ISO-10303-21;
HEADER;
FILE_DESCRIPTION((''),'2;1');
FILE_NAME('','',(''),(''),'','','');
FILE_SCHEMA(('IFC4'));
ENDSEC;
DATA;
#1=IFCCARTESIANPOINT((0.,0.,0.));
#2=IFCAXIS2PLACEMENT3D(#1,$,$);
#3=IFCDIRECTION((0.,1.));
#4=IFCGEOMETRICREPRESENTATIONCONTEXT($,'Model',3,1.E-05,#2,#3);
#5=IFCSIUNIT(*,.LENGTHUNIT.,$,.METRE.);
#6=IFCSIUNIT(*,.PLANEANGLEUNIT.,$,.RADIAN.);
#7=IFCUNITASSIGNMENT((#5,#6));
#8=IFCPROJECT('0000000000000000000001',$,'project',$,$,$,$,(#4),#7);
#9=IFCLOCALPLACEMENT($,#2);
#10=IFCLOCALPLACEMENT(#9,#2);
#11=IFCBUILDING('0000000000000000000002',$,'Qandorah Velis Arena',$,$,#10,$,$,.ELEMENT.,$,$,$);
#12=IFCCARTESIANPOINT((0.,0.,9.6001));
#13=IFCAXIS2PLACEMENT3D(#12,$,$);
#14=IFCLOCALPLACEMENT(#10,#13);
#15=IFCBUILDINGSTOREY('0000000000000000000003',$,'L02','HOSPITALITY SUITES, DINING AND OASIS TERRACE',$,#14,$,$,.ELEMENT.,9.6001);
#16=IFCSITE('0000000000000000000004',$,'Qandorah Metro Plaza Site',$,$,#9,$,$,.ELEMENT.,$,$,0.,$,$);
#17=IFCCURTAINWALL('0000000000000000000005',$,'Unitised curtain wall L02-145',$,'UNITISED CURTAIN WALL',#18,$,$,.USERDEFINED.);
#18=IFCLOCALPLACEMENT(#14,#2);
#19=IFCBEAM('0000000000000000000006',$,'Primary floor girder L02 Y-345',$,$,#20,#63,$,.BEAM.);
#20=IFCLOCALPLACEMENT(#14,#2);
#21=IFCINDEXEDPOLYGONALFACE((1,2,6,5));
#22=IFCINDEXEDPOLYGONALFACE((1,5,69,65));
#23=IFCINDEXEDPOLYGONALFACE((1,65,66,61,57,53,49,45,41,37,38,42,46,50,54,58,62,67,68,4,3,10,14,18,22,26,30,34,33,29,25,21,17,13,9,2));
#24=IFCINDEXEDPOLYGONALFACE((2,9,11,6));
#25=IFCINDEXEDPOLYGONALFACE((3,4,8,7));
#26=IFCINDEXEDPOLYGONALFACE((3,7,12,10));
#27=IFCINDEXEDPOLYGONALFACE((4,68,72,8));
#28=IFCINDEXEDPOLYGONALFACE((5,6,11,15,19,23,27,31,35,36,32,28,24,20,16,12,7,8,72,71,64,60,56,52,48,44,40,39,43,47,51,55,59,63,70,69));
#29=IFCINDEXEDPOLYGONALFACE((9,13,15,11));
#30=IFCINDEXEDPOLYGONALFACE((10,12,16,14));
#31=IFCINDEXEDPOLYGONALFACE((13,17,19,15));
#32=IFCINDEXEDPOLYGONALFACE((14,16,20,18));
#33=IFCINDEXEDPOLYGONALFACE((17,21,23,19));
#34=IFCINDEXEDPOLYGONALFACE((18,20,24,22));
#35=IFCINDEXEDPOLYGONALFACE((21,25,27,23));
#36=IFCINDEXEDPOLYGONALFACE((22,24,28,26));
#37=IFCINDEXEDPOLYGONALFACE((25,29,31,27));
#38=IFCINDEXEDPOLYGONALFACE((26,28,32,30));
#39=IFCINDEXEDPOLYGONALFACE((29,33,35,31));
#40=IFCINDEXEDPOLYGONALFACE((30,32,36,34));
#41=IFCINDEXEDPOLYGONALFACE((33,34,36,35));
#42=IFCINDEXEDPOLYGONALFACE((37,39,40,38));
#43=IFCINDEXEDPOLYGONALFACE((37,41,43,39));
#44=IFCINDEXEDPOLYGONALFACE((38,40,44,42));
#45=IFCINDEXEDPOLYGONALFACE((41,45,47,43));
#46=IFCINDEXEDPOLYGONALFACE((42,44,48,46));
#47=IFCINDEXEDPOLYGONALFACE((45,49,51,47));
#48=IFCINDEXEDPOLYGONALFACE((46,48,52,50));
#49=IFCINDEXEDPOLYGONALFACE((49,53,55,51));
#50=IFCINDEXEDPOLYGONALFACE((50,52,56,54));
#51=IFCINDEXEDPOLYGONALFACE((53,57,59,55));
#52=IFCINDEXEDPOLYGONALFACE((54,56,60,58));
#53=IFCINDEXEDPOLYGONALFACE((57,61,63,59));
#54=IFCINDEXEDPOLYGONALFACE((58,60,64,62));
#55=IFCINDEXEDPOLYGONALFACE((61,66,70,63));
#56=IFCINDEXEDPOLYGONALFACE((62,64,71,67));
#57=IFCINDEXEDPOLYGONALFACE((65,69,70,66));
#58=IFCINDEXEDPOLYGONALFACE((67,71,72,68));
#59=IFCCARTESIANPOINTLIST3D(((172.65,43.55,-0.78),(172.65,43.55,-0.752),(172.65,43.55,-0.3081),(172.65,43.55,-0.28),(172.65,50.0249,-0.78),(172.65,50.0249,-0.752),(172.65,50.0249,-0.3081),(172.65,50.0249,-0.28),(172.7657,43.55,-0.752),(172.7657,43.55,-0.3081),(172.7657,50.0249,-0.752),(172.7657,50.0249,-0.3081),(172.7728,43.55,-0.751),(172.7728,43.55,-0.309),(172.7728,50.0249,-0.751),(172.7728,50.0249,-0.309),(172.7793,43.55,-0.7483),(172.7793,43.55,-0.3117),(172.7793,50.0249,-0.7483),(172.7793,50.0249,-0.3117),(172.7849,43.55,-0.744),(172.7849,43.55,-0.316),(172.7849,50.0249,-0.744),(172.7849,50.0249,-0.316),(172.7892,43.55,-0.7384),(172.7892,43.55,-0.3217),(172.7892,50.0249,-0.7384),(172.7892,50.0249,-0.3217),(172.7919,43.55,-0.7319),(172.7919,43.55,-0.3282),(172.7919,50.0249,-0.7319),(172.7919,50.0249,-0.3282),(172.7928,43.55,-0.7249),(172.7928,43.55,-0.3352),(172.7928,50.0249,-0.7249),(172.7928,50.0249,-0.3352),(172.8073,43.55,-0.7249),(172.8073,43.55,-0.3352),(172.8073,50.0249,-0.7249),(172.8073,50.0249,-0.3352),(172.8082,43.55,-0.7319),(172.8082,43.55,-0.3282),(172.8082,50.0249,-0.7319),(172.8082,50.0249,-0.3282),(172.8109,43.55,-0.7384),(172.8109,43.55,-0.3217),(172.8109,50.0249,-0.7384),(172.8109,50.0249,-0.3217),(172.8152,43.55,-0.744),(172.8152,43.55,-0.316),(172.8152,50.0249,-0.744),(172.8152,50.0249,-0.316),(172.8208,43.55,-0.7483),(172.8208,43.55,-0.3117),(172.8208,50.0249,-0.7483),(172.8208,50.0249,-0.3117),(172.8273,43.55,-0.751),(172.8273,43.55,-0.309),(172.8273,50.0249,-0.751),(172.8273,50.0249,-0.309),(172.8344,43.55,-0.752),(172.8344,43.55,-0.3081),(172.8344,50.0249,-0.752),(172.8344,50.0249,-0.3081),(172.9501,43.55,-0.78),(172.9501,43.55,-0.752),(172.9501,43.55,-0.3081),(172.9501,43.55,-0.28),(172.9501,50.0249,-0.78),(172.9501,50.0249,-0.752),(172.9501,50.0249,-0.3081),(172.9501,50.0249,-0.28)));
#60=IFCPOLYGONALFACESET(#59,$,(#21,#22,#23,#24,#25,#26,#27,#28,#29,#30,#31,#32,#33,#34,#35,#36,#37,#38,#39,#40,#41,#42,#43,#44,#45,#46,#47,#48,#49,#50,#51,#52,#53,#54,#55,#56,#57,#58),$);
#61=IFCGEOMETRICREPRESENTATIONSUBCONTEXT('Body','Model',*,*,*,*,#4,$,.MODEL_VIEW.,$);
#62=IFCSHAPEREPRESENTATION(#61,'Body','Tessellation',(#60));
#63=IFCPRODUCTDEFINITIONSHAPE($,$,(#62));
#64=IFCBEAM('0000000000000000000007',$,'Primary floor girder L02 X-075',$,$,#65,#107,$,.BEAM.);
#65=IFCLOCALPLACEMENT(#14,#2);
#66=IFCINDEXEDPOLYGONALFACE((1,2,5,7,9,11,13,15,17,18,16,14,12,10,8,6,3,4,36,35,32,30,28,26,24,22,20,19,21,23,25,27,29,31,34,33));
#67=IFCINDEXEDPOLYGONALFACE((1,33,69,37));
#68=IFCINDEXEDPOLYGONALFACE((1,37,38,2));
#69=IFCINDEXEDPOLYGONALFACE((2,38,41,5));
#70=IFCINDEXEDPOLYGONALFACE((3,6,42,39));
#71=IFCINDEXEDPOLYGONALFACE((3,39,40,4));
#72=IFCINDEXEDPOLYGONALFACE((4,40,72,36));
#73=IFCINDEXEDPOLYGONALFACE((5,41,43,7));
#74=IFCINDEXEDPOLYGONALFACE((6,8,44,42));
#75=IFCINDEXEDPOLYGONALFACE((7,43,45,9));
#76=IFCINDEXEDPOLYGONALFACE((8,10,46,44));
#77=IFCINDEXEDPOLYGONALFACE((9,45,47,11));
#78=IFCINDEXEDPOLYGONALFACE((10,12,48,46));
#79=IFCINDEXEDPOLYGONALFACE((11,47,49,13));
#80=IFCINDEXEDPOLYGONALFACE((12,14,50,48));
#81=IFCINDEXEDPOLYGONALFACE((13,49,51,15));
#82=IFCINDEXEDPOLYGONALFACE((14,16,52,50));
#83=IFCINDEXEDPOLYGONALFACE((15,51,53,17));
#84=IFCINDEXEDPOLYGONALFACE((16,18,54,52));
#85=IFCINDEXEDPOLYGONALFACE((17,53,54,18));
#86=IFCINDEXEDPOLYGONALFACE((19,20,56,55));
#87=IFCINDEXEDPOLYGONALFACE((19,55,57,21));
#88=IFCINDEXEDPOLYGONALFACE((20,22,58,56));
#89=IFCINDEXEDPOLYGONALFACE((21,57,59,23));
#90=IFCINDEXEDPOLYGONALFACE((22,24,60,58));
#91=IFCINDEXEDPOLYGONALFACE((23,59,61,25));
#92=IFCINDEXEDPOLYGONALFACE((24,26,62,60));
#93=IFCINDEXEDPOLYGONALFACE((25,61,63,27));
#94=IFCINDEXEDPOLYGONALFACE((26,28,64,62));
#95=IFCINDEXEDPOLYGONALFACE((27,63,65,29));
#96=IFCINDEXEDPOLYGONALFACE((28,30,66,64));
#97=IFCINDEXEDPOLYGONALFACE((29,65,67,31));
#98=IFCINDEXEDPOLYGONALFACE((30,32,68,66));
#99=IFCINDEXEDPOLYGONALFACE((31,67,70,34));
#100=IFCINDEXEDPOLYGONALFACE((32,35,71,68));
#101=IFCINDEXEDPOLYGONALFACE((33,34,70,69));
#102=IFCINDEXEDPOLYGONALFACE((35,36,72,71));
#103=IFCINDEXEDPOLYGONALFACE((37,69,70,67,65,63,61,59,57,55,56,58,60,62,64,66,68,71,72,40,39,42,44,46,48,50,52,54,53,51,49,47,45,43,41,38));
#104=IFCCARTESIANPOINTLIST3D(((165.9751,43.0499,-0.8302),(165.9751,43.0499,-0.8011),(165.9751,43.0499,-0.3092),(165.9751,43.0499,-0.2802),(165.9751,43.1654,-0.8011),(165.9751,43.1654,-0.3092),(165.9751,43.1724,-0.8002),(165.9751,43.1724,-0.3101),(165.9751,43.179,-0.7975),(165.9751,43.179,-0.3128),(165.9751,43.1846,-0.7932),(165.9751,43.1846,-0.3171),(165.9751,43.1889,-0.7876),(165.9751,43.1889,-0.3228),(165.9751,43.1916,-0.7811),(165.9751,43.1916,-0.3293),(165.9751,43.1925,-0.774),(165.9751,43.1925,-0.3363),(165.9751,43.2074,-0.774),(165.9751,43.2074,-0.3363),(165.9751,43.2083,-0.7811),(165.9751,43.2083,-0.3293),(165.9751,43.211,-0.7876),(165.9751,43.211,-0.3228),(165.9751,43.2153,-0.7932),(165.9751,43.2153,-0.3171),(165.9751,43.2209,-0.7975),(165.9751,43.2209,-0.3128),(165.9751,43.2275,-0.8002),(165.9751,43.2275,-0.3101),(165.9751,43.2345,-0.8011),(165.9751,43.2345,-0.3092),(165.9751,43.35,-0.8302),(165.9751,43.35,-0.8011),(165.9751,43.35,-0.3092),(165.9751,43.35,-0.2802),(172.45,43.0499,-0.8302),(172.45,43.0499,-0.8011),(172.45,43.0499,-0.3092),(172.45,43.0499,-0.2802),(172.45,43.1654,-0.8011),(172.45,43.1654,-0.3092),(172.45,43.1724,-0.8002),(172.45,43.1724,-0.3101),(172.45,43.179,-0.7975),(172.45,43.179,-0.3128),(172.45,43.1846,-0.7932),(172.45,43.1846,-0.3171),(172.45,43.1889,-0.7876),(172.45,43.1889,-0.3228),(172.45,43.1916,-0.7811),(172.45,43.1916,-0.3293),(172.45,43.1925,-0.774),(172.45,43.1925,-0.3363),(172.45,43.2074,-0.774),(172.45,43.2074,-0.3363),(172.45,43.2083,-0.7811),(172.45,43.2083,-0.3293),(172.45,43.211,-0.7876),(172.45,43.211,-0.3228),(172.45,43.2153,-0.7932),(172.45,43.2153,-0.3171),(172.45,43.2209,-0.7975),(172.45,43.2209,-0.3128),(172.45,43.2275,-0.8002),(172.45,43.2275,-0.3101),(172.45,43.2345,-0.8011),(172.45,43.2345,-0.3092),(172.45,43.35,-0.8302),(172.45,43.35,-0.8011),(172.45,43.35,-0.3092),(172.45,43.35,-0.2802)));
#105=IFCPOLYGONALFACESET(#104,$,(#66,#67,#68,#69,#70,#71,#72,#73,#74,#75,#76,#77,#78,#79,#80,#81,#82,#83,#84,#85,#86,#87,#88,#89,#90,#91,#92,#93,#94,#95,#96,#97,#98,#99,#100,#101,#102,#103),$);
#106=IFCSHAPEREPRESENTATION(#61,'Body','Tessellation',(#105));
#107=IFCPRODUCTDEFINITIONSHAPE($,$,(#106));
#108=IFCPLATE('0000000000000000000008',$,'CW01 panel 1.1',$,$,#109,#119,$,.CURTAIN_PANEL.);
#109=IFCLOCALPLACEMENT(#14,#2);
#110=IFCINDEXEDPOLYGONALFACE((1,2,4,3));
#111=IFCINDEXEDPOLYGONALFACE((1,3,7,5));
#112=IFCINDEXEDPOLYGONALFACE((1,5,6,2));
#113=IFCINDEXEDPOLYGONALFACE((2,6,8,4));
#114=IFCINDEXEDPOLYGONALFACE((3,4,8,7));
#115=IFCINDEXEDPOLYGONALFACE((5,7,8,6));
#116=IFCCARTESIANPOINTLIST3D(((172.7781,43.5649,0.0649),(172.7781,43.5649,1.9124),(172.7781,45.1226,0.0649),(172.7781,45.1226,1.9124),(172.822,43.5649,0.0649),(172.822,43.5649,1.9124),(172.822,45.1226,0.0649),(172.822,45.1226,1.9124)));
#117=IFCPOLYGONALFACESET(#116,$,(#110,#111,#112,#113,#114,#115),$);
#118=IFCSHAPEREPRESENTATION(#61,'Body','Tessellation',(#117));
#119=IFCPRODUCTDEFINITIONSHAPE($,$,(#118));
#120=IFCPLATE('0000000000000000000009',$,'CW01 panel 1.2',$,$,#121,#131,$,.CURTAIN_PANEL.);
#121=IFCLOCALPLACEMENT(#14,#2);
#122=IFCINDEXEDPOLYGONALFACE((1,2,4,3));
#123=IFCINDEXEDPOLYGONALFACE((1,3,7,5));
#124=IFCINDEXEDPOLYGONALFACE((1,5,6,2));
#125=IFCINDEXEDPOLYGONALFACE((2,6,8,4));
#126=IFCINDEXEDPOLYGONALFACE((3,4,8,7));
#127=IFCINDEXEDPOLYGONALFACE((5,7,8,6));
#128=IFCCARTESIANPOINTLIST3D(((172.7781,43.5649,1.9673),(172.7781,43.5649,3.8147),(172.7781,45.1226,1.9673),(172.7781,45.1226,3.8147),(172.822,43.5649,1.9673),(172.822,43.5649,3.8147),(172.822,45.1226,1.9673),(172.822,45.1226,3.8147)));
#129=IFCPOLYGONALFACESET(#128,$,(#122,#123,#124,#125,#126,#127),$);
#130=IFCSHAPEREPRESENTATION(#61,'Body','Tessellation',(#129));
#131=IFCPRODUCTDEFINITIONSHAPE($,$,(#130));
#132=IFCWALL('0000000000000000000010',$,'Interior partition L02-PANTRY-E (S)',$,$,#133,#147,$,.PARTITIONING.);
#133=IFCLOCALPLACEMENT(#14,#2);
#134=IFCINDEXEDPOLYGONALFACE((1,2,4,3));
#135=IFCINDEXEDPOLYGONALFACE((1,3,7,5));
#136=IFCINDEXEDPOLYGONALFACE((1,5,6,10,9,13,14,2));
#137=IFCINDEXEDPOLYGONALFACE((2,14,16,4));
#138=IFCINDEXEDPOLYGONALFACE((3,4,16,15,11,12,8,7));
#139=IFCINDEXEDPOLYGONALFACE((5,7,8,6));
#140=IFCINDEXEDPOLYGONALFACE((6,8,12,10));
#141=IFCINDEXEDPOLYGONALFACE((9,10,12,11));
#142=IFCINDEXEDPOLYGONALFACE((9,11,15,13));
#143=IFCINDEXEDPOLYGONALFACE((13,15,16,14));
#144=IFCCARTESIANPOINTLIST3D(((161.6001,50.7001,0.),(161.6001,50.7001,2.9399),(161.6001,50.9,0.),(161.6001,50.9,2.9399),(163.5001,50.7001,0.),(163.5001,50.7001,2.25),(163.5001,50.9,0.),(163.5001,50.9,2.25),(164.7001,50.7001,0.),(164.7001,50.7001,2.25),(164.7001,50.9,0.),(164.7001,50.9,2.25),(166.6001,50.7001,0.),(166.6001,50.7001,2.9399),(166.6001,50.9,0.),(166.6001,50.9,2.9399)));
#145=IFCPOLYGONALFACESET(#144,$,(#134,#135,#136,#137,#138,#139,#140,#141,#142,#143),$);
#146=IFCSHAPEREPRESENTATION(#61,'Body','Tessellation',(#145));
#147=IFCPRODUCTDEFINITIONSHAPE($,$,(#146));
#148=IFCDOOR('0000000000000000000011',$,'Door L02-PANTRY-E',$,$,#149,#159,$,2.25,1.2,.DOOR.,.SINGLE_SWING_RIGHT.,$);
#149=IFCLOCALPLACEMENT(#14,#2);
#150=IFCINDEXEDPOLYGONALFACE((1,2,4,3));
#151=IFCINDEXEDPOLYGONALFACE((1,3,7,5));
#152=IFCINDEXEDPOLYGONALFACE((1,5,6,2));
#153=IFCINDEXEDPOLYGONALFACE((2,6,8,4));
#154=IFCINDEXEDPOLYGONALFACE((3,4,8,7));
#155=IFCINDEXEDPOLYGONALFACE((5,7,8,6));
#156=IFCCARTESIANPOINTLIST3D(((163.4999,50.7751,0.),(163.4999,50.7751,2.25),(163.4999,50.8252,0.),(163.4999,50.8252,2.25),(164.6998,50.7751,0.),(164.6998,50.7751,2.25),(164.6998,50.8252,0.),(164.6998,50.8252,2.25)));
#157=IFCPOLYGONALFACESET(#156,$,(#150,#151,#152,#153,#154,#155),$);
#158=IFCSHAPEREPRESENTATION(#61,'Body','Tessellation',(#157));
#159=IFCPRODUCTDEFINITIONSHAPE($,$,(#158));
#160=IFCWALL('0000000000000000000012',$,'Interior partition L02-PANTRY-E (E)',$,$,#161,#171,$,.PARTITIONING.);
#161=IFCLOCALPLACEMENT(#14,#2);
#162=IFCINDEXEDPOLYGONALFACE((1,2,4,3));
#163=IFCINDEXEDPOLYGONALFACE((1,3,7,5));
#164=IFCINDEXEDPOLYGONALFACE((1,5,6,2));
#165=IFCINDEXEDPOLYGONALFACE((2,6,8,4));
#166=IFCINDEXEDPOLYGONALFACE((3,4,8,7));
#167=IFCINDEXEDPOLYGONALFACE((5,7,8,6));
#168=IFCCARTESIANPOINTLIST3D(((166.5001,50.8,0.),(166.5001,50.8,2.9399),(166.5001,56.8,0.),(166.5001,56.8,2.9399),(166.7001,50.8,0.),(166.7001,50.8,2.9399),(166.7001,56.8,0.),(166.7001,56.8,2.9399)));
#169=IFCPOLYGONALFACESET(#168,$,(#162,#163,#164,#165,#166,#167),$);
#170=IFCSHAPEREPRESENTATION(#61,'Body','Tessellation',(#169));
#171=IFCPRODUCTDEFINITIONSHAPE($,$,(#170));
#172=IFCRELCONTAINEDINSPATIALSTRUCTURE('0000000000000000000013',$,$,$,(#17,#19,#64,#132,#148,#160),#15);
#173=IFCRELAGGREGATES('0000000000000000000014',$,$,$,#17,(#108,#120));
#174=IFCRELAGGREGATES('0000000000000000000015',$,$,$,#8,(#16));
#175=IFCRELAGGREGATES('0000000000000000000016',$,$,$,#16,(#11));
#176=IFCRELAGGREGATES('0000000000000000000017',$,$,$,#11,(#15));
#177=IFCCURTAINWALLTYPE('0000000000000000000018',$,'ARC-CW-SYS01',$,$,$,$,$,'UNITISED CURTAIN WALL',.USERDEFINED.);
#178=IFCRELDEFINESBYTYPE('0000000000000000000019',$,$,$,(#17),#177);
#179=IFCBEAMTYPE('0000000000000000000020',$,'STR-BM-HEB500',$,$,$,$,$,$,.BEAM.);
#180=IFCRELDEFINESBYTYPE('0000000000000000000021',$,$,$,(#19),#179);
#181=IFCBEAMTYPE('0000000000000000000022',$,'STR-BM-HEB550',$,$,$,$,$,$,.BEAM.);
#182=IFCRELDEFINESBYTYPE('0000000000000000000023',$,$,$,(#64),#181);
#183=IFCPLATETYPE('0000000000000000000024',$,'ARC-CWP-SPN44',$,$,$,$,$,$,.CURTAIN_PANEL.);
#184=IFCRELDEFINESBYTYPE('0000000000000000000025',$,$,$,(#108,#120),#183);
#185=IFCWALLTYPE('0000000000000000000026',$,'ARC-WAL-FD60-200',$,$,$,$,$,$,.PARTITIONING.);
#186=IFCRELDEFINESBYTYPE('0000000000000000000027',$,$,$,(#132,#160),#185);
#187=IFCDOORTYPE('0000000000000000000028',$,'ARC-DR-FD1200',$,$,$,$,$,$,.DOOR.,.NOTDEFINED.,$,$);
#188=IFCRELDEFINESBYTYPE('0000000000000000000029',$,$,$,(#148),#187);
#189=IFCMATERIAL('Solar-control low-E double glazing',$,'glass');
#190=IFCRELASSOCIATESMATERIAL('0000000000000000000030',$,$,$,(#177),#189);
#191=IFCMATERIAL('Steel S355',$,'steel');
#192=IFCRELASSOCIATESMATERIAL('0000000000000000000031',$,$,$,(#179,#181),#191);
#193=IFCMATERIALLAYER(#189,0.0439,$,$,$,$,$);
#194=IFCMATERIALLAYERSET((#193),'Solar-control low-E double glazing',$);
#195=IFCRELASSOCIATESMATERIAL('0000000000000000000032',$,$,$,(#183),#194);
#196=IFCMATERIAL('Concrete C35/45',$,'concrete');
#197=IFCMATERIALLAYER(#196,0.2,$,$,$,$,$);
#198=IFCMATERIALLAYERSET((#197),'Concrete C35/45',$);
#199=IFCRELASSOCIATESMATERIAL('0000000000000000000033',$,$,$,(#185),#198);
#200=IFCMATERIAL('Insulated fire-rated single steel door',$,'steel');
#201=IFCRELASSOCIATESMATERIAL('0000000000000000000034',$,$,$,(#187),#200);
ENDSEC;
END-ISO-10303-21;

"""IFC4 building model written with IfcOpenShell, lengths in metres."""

from ifc_helpers import new_model, si_unit, direction, frame, frame_2d, origin, origin_2d, place, context, subcontext, project, spatial, rectangle, i_section, extrude, material, layer, layer_set, material_profile, profile_set, type_object, element, fill, aggregate, save


model = new_model("IFC4")

# Units and contexts
model_context = context("Model", 3, precision=1e-05, world=origin(), true_north=direction((0.0, 1.0)))
body_context = subcontext(model_context, "Body", "Model", "MODEL_VIEW")
ifc_project = project(units=[si_unit("LENGTHUNIT", "METRE"), si_unit("PLANEANGLEUNIT", "RADIAN")], contexts=[model_context])

# Site, building, storey
site_placement = place(None, origin())
site = spatial("IfcSite", under=ifc_project, at=site_placement, Name="Qandorah Metro Plaza Site", CompositionType="ELEMENT", RefElevation=0.0)
building_placement = place(site_placement, origin())
building = spatial("IfcBuilding", under=site, at=building_placement, Name="Qandorah Velis Arena", CompositionType="ELEMENT")
storey_placement = place(building_placement, frame((0.0, 0.0, 9.6001)))
storey = spatial("IfcBuildingStorey", under=building, at=storey_placement, Name="L02", Description="HOSPITALITY SUITES, DINING AND OASIS TERRACE", CompositionType="ELEMENT", Elevation=9.6001)

# Curtain wall
ifc_material_1 = material(Name="Solar-control low-E double glazing", Category="glass")
curtain_wall_type = type_object("IfcCurtainWallType", Name="ARC-CW-SYS01", ElementType="UNITISED CURTAIN WALL", PredefinedType="USERDEFINED", material=ifc_material_1)
curtain_wall_placement = place(storey_placement, origin())
curtain_wall = element("IfcCurtainWall", 1, at=curtain_wall_placement, inside=storey, type_object=curtain_wall_type, Name="Unitised curtain wall L02-145", ObjectType="UNITISED CURTAIN WALL", PredefinedType="USERDEFINED")

# Beams
ifc_material_2 = material(Name="Steel S355", Category="steel")
ifc_material_profile_1 = material_profile(ifc_material_2, i_section(OverallWidth=0.3, OverallDepth=0.5, WebThickness=0.0144, FlangeThickness=0.0281, FilletRadius=0.0271, at=origin_2d()), Name="HEB 500")
ifc_profile_set_1 = profile_set([ifc_material_profile_1], Name="Steel S355")
beam_type_1 = type_object("IfcBeamType", Name="STR-BM-HEB500", PredefinedType="BEAM", material=ifc_profile_set_1)
beam_1_placement = place(storey_placement, frame((172.8, 43.55, -0.53), z_axis=(0.0, 1.0, 0.0), x_axis=(-1.0, 0.0, 0.0)))
element("IfcBeam", 2, at=beam_1_placement, inside=storey, type_object=beam_type_1, Name="Primary floor girder L02 Y-345", PredefinedType="BEAM", context=body_context, shape_type="SweptSolid", body=[
    extrude(i_section(OverallWidth=0.3, OverallDepth=0.5, WebThickness=0.0144, FlangeThickness=0.0281, FilletRadius=0.0271, at=origin_2d()), origin(), (0.0, 0.0, 1.0), 6.4749),
])
ifc_material_profile_2 = material_profile(ifc_material_2, i_section(OverallWidth=0.3, OverallDepth=0.55, WebThickness=0.0149, FlangeThickness=0.0291, FilletRadius=0.0271, at=origin_2d()), Name="HEB 550")
ifc_profile_set_2 = profile_set([ifc_material_profile_2], Name="Steel S355")
beam_type_2 = type_object("IfcBeamType", Name="STR-BM-HEB550", PredefinedType="BEAM", material=ifc_profile_set_2)
beam_2_placement = place(storey_placement, frame((165.9751, 43.2, -0.5552), z_axis=(1.0, 0.0, 0.0), x_axis=(0.0, 1.0, 0.0)))
element("IfcBeam", 3, at=beam_2_placement, inside=storey, type_object=beam_type_2, Name="Primary floor girder L02 X-075", PredefinedType="BEAM", context=body_context, shape_type="SweptSolid", body=[
    extrude(i_section(OverallWidth=0.3, OverallDepth=0.55, WebThickness=0.0149, FlangeThickness=0.0291, FilletRadius=0.0271, at=origin_2d()), origin(), (0.0, 0.0, 1.0), 6.4749),
])

# Plates
ifc_layer_1 = layer(ifc_material_1, 0.0439)
ifc_layer_set_1 = layer_set([ifc_layer_1], Name="Solar-control low-E double glazing")
plate_type = type_object("IfcPlateType", Name="ARC-CWP-SPN44", PredefinedType="CURTAIN_PANEL", material=ifc_layer_set_1)
plate_1_placement = place(storey_placement, frame((172.8, 44.3438, 0.0649), z_axis=(0.0, 0.0, 1.0), x_axis=(0.0, 1.0, 0.0)))
plate_1 = element("IfcPlate", 4, at=plate_1_placement, type_object=plate_type, Name="CW01 panel 1.1", PredefinedType="CURTAIN_PANEL", context=body_context, shape_type="SweptSolid", body=[
    extrude(rectangle(XDim=1.5576, YDim=0.0439, at=origin_2d()), origin(), (0.0, 0.0, 1.0), 1.8474),
])
plate_2_placement = place(storey_placement, frame((172.8, 44.3438, 1.9673), z_axis=(0.0, 0.0, 1.0), x_axis=(0.0, 1.0, 0.0)))
plate_2 = element("IfcPlate", 5, at=plate_2_placement, type_object=plate_type, Name="CW01 panel 1.2", PredefinedType="CURTAIN_PANEL", context=body_context, shape_type="SweptSolid", body=[
    extrude(rectangle(XDim=1.5576, YDim=0.0439, at=origin_2d()), origin(), (0.0, 0.0, 1.0), 1.8474),
])
aggregate(curtain_wall, [plate_1, plate_2])

# Wall, opening, door
ifc_material_3 = material(Name="Concrete C35/45", Category="concrete")
ifc_layer_2 = layer(ifc_material_3, 0.2)
ifc_layer_set_2 = layer_set([ifc_layer_2], Name="Concrete C35/45")
wall_type_1 = type_object("IfcWallType", Name="ARC-WAL-FD60-200", PredefinedType="PARTITIONING", material=ifc_layer_set_2)
wall_1_placement = place(storey_placement, frame((161.6001, 50.8, 0.0), z_axis=(0.0, 0.0, 1.0), x_axis=(1.0, 0.0, 0.0)))
wall_1 = element("IfcWall", 6, at=wall_1_placement, inside=storey, type_object=wall_type_1, Name="Interior partition L02-PANTRY-E (S)", PredefinedType="PARTITIONING", context=body_context, shape_type="SweptSolid", body=[
    extrude(rectangle(XDim=5.0, YDim=0.2, at=frame_2d((2.5, 0.0))), origin(), (0.0, 0.0, 1.0), 2.9399),
])
opening_1_placement = place(wall_1_placement, frame((1.8999, 0.0, 0.0)))
opening_1 = element("IfcOpeningElement", 7, at=opening_1_placement, cuts=wall_1, PredefinedType="OPENING", context=body_context, shape_type="SweptSolid", body=[
    extrude(rectangle(XDim=1.2, YDim=2.25, at=frame_2d((0.6001, 1.125))), frame((0.0, 0.1099, 0.0), z_axis=(0.0, -1.0, 0.0), x_axis=(1.0, 0.0, 0.0)), (0.0, 0.0, 1.0), 0.22),
])
ifc_material_4 = material(Name="Insulated fire-rated single steel door", Category="steel")
door_type = type_object("IfcDoorType", Name="ARC-DR-FD1200", OperationType="NOTDEFINED", PredefinedType="DOOR", material=ifc_material_4)
door_1_placement = place(opening_1_placement, frame((1.2, 0.0, 0.0), z_axis=(0.0, 0.0, 1.0), x_axis=(-1.0, 0.0, 0.0)))
door_1 = element("IfcDoor", 8, at=door_1_placement, inside=storey, type_object=door_type, Name="Door L02-PANTRY-E", OperationType="SINGLE_SWING_RIGHT", OverallHeight=2.25, OverallWidth=1.2, PredefinedType="DOOR", context=body_context, shape_type="SweptSolid", body=[
    extrude(rectangle(XDim=1.2, YDim=2.25, at=frame_2d((0.6001, 1.125))), frame((0.0, 0.0249, 0.0), z_axis=(0.0, -1.0, 0.0), x_axis=(1.0, 0.0, 0.0)), (0.0, 0.0, 1.0), 0.05),
])
fill(opening_1, door_1)

# Wall
wall_2_placement = place(storey_placement, frame((166.6001, 50.8, 0.0), z_axis=(0.0, 0.0, 1.0), x_axis=(0.0, 1.0, 0.0)))
element("IfcWall", 9, at=wall_2_placement, inside=storey, type_object=wall_type_1, Name="Interior partition L02-PANTRY-E (E)", PredefinedType="PARTITIONING", context=body_context, shape_type="SweptSolid", body=[
    extrude(rectangle(XDim=6.0, YDim=0.2, at=frame_2d((3.0, 0.0))), origin(), (0.0, 0.0, 1.0), 2.9399),
])

save(model, "model.ifc")
